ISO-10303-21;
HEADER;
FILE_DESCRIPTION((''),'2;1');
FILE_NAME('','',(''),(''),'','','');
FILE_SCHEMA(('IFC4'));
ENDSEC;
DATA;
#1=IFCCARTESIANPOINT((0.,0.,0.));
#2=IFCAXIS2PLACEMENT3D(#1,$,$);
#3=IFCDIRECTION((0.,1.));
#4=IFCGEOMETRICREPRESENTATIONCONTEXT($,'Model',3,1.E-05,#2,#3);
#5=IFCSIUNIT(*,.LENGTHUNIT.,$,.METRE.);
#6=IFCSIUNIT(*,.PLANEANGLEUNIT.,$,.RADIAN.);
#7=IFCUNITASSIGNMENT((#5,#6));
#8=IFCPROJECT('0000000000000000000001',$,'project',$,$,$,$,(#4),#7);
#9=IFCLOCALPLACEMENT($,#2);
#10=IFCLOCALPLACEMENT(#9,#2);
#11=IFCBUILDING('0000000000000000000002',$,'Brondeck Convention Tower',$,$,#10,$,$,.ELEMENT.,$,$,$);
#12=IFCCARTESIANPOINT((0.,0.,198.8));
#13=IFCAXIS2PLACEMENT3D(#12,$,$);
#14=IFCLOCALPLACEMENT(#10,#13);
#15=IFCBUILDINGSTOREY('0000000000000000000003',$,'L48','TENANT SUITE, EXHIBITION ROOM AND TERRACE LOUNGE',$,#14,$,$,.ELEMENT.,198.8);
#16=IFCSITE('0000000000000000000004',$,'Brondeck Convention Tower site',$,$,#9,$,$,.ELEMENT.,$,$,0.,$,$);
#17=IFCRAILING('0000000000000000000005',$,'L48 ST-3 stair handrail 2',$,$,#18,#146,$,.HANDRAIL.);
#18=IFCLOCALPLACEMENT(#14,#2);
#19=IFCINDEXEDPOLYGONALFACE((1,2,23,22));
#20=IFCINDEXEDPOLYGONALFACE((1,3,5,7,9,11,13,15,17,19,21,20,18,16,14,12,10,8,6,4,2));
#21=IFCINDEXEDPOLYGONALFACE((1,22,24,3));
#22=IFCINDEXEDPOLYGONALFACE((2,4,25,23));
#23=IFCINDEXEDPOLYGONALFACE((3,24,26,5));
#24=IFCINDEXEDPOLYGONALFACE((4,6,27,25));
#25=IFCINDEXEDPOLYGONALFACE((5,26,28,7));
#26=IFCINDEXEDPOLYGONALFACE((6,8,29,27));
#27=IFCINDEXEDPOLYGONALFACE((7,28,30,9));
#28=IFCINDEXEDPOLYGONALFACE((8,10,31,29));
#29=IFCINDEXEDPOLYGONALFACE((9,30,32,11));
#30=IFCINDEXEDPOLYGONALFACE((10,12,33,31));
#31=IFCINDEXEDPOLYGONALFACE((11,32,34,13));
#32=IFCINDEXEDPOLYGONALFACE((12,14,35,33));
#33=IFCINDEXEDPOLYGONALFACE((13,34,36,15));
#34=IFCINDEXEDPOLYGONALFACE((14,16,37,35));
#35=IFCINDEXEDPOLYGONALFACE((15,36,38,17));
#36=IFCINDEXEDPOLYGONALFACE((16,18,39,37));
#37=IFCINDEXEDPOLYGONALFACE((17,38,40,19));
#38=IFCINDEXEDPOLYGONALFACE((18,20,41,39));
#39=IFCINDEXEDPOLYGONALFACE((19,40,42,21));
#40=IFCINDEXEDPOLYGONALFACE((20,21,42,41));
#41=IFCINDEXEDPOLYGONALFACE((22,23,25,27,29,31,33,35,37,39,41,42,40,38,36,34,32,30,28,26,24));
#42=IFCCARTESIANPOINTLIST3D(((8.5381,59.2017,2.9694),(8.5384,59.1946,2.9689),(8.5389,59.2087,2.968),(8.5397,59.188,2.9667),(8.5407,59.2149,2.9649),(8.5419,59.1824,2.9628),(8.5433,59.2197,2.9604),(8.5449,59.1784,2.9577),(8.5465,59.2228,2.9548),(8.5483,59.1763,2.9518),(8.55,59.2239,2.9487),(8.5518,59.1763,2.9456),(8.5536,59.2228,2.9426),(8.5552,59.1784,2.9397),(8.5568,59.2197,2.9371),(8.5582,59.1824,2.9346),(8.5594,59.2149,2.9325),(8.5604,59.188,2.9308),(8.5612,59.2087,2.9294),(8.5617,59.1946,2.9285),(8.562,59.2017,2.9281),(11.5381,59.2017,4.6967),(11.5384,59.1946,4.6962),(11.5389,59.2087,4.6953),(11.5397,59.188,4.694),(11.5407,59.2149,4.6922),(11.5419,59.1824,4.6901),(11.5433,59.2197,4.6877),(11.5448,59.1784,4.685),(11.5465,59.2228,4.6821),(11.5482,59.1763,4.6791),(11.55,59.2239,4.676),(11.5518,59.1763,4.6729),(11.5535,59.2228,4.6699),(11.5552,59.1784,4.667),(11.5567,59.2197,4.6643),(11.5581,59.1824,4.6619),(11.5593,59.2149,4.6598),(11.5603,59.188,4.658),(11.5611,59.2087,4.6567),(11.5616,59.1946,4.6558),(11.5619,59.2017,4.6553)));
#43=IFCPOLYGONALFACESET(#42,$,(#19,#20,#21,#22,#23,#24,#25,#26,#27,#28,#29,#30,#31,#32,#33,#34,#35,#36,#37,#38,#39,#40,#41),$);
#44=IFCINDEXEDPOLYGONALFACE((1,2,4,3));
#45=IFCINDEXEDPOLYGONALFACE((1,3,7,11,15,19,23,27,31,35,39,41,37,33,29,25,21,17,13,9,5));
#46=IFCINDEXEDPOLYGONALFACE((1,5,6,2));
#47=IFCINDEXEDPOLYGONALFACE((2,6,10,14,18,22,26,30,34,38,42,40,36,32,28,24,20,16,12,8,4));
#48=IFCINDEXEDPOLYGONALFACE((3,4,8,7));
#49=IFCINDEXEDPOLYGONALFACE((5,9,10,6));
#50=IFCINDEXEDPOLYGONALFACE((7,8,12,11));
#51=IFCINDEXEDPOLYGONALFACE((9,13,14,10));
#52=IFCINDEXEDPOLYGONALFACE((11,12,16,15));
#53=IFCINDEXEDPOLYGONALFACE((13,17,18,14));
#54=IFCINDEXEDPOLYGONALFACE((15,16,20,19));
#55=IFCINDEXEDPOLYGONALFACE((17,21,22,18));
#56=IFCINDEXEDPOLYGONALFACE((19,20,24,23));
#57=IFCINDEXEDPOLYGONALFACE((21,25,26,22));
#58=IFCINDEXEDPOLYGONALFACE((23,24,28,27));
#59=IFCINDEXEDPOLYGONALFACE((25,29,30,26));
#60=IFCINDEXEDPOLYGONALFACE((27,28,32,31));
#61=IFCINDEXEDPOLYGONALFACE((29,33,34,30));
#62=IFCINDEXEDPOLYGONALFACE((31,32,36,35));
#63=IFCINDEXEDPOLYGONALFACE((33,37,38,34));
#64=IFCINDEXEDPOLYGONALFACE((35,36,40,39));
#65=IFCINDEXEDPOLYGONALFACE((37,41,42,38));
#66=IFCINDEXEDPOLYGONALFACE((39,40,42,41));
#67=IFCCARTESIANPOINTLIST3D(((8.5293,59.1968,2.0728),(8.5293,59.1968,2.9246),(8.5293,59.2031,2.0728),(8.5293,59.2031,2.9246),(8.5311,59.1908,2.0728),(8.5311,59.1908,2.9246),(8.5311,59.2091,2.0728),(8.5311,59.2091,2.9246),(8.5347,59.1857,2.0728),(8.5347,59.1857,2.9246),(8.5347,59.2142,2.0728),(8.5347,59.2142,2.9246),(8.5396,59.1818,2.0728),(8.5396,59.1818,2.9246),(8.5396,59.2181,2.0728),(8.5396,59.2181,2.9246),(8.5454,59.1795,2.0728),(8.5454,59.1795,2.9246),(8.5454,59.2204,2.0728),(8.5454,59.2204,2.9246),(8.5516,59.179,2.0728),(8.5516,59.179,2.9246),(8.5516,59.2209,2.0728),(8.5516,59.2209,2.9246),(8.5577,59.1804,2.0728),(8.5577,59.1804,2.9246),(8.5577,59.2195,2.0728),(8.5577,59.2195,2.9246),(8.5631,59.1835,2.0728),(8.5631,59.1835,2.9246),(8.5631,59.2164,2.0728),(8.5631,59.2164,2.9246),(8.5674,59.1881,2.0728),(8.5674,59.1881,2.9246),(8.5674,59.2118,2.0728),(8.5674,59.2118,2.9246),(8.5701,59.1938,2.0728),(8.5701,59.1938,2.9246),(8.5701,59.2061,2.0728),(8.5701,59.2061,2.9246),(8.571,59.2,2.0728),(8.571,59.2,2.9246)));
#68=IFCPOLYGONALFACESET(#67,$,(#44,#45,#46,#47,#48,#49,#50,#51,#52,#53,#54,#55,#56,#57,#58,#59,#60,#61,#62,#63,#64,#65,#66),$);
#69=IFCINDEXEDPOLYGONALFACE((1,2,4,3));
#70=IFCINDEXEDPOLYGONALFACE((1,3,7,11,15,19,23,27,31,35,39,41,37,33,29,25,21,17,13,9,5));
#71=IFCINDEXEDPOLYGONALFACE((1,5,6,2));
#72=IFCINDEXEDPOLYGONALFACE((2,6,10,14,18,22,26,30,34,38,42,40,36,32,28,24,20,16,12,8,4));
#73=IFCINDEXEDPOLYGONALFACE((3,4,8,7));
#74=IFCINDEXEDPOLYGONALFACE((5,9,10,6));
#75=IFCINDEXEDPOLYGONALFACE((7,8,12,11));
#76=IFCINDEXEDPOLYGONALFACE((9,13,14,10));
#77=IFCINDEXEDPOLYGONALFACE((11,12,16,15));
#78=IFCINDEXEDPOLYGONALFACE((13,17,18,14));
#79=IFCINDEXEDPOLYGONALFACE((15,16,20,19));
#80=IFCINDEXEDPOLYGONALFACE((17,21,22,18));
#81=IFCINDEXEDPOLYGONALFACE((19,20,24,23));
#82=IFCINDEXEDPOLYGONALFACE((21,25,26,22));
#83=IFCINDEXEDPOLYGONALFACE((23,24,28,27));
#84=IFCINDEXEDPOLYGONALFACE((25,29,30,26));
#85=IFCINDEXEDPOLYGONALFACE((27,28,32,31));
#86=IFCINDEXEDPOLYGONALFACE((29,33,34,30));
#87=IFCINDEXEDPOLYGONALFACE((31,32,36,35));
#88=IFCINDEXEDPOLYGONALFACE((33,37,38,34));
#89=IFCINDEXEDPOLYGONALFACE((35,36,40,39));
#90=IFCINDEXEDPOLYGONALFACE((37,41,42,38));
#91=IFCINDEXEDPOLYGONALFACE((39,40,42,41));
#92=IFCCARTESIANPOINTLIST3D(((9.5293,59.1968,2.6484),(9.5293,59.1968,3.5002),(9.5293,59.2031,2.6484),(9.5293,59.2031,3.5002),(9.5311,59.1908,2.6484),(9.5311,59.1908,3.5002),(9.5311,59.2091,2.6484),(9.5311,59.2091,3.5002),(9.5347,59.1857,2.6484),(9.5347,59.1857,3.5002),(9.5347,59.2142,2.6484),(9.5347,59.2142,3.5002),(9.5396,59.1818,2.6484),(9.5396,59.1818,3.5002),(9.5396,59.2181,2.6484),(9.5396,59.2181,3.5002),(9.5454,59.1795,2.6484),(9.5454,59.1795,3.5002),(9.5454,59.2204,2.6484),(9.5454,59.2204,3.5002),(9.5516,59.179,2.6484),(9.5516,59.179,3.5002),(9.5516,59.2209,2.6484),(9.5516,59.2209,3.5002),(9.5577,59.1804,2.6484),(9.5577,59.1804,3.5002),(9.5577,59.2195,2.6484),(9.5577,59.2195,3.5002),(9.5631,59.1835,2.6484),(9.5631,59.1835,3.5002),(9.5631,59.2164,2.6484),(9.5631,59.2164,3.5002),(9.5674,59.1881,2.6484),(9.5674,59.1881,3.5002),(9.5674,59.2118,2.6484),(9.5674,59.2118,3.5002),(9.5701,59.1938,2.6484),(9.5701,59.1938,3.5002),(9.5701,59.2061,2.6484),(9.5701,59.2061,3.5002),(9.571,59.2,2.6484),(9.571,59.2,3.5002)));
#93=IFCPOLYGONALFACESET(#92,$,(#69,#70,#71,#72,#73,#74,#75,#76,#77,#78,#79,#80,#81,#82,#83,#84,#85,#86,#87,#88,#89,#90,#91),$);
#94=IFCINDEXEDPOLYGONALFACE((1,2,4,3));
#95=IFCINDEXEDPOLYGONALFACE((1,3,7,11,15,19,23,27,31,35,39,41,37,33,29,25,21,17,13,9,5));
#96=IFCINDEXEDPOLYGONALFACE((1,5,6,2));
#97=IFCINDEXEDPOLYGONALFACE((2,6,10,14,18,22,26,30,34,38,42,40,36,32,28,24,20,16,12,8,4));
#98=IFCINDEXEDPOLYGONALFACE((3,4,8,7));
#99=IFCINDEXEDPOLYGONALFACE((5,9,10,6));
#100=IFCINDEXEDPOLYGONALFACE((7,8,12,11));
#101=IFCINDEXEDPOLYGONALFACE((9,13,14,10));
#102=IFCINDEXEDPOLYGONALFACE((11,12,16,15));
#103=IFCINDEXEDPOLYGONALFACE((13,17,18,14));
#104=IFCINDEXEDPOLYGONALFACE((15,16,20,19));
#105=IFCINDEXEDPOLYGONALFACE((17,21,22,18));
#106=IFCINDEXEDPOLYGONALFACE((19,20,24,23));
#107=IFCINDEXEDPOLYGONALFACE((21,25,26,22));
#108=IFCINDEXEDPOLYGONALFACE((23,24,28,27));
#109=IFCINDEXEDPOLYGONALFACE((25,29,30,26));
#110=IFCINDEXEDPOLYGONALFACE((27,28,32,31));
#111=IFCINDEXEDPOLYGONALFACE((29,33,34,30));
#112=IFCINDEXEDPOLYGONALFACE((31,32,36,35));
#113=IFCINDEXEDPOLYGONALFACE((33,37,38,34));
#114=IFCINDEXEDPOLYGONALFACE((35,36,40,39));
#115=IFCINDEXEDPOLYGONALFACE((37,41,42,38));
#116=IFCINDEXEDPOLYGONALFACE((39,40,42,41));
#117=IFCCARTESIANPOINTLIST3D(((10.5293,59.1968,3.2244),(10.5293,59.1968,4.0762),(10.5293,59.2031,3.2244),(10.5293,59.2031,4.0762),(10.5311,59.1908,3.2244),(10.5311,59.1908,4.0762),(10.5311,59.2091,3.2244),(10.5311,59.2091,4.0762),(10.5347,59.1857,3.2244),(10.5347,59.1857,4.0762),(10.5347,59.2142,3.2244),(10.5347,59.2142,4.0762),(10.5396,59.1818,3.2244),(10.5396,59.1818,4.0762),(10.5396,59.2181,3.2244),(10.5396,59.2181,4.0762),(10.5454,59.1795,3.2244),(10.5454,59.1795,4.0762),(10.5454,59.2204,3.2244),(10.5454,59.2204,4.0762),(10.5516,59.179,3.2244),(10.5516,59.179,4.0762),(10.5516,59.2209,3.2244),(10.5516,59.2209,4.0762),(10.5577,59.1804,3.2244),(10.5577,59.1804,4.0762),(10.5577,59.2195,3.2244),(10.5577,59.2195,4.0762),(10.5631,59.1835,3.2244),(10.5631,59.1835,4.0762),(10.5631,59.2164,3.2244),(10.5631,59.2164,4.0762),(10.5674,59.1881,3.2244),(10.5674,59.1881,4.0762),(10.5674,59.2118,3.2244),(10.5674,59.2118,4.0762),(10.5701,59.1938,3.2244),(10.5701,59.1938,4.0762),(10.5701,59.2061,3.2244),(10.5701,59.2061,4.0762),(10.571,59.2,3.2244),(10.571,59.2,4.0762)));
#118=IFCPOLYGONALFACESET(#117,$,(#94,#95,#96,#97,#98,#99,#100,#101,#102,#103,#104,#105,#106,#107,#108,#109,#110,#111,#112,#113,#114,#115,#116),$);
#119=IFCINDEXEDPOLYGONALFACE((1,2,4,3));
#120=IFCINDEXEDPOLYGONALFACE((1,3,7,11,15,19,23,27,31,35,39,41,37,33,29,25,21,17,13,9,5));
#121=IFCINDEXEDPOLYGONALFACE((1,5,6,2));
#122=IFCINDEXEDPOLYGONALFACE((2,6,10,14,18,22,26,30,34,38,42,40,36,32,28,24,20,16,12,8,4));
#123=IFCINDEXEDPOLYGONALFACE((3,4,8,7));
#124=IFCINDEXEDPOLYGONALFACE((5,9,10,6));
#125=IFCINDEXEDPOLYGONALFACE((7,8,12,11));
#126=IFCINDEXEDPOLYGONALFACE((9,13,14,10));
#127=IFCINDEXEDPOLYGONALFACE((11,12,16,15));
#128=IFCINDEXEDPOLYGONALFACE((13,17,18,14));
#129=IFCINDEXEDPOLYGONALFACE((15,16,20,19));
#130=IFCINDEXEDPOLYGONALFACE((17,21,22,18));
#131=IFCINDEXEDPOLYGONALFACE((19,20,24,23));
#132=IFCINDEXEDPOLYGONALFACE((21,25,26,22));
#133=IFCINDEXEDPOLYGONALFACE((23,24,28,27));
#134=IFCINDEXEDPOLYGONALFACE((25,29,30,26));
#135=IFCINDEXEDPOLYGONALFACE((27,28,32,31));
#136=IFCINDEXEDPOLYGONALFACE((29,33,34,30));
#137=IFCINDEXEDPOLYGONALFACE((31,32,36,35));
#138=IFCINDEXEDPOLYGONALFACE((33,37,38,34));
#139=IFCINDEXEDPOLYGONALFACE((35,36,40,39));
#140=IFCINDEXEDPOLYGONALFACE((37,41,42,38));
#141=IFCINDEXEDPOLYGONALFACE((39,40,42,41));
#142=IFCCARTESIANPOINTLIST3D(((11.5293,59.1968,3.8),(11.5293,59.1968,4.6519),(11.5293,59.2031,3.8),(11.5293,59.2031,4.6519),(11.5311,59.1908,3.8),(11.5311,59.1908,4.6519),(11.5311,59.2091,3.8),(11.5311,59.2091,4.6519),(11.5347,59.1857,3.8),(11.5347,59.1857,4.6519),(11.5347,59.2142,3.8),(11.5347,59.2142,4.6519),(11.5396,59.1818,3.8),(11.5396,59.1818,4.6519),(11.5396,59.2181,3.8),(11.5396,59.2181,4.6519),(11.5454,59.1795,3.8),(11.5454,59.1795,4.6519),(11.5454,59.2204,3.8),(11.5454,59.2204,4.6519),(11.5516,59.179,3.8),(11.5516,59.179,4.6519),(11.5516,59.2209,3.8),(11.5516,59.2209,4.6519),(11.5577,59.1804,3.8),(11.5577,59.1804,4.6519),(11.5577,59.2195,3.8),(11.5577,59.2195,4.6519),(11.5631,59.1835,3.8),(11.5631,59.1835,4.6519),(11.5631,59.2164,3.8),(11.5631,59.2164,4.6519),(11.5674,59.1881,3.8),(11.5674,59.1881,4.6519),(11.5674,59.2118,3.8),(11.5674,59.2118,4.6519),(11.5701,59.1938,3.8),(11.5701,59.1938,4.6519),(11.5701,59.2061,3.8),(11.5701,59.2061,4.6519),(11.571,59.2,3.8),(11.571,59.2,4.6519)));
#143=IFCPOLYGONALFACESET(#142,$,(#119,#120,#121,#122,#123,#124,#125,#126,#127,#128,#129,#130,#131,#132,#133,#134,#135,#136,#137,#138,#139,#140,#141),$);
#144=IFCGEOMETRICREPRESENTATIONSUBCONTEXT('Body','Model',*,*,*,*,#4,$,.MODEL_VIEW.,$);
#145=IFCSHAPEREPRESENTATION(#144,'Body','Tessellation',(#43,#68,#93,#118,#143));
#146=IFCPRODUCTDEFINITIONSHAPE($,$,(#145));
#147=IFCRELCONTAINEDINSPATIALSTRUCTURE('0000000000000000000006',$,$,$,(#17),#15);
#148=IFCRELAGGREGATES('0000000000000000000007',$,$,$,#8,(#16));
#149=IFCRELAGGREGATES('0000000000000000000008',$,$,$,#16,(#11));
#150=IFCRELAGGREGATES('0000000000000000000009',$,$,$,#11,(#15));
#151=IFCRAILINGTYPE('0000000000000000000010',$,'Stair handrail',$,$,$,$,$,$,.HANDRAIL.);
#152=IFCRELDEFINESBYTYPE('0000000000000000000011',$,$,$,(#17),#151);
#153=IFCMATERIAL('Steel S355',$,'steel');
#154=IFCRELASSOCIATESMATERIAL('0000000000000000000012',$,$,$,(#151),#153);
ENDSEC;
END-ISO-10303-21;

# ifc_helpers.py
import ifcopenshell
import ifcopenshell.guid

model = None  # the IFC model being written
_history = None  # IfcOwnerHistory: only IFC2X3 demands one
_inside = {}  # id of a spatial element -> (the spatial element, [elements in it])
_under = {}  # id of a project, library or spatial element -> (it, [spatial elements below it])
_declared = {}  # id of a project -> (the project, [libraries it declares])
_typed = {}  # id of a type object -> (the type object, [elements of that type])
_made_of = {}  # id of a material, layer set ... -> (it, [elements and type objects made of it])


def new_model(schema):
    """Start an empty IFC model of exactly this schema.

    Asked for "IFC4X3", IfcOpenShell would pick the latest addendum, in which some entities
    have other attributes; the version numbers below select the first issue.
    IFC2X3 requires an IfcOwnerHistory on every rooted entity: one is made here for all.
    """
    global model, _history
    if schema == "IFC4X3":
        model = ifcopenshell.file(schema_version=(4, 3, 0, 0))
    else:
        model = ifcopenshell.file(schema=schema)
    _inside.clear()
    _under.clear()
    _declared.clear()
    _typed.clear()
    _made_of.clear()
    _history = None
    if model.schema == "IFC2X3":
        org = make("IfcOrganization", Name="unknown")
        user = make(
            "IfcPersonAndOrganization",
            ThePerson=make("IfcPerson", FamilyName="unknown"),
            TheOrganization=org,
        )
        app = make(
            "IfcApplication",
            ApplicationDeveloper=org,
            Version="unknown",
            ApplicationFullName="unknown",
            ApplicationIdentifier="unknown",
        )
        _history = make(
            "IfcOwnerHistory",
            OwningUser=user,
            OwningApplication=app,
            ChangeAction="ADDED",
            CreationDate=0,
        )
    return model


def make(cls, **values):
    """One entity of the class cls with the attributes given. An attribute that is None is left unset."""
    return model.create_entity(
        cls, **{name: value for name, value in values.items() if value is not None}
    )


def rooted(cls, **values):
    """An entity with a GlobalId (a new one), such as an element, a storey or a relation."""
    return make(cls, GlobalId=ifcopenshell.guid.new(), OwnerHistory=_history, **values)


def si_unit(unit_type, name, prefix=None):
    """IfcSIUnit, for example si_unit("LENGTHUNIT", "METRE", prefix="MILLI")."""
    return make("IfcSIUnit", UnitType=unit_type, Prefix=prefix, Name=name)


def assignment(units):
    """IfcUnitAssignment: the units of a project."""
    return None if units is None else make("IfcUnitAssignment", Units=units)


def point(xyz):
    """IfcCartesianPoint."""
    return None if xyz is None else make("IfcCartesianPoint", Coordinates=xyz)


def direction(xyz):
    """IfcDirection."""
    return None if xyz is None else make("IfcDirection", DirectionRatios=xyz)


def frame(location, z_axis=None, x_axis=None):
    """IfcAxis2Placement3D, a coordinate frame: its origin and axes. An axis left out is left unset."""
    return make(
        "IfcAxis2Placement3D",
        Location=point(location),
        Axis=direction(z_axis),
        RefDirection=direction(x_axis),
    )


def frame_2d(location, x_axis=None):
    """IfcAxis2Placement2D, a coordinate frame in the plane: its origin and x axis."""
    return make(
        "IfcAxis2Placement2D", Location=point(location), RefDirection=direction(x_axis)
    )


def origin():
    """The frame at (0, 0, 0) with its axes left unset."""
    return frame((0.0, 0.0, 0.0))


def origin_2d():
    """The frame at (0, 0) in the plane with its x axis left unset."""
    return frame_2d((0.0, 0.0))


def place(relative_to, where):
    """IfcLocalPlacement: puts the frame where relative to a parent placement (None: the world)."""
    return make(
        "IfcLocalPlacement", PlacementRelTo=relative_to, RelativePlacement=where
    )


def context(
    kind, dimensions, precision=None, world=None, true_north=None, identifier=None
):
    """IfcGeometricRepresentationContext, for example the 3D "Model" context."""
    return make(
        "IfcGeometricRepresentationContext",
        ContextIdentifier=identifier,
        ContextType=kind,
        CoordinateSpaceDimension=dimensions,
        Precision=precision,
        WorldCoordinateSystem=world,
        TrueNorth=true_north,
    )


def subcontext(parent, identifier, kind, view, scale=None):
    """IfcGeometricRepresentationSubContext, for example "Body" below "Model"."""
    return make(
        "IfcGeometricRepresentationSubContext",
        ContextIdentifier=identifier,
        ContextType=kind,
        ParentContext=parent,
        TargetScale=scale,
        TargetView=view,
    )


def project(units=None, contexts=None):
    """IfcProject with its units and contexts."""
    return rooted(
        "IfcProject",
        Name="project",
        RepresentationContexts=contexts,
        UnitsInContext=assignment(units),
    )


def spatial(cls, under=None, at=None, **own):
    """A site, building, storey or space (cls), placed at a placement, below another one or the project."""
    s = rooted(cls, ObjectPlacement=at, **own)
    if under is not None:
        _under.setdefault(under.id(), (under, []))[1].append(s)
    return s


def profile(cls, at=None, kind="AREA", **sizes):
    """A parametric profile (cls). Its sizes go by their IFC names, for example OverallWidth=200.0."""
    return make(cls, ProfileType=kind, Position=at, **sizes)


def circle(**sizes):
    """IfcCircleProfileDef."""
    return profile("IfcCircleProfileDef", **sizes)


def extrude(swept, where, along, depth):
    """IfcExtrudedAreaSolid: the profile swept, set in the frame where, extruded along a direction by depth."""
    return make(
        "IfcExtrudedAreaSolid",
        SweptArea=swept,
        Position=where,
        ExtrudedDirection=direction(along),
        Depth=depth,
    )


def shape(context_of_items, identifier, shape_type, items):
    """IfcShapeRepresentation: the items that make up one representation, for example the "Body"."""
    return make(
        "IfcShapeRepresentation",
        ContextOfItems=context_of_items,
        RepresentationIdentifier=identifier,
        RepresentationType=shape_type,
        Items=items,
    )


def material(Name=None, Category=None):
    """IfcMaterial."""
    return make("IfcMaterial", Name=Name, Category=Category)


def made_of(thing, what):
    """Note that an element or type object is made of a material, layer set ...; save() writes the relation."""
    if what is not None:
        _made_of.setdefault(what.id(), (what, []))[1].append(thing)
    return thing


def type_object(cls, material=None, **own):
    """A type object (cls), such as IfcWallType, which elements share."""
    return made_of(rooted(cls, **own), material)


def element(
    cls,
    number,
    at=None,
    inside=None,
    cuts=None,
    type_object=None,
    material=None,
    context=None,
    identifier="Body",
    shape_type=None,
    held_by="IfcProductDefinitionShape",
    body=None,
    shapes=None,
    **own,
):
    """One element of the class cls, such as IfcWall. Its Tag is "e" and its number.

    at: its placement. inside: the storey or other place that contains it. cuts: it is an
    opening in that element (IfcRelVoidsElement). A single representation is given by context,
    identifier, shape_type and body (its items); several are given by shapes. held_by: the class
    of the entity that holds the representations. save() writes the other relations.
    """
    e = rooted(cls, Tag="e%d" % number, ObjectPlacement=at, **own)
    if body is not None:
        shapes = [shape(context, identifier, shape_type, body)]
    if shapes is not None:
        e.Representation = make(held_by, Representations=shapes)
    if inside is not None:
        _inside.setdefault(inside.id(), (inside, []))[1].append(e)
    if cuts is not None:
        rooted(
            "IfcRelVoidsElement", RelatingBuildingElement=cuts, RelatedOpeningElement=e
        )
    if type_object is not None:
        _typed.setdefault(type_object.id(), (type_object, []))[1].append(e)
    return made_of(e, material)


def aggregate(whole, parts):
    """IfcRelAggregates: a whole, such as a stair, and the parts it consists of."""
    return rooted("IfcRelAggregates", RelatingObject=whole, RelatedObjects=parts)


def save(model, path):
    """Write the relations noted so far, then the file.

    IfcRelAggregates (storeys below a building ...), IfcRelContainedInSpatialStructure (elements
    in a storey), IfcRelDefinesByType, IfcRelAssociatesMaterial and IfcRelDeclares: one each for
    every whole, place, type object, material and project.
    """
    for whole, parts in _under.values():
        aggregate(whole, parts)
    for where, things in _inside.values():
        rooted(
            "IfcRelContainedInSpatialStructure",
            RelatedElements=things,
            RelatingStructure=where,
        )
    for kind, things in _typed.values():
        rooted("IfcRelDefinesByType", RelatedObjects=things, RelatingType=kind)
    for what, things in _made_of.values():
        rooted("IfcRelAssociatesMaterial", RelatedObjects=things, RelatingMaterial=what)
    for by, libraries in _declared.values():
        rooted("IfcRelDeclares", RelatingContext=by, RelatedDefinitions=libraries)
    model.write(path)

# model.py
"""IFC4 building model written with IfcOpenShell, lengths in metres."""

from ifc_helpers import new_model, si_unit, direction, frame, origin, origin_2d, place, context, subcontext, project, spatial, circle, extrude, material, type_object, element, save


model = new_model("IFC4")

# Units and contexts
model_context = context("Model", 3, precision=1e-05, world=origin(), true_north=direction((0.0, 1.0)))
body_context = subcontext(model_context, "Body", "Model", "MODEL_VIEW")
ifc_project = project(units=[si_unit("LENGTHUNIT", "METRE"), si_unit("PLANEANGLEUNIT", "RADIAN")], contexts=[model_context])

# Site, building, storey
site_placement = place(None, origin())
site = spatial("IfcSite", under=ifc_project, at=site_placement, Name="Brondeck Convention Tower site", CompositionType="ELEMENT", RefElevation=0.0)
building_placement = place(site_placement, origin())
building = spatial("IfcBuilding", under=site, at=building_placement, Name="Brondeck Convention Tower", CompositionType="ELEMENT")
storey_placement = place(building_placement, frame((0.0, 0.0, 198.8)))
storey = spatial("IfcBuildingStorey", under=building, at=storey_placement, Name="L48", Description="TENANT SUITE, EXHIBITION ROOM AND TERRACE LOUNGE", CompositionType="ELEMENT", Elevation=198.8)

# Railing
ifc_material_1 = material(Name="Steel S355", Category="steel")
railing_type_1 = type_object("IfcRailingType", Name="Stair handrail", PredefinedType="HANDRAIL", material=ifc_material_1)
railing_1_placement = place(storey_placement, frame((8.55, 59.2, 2.0728)))
element("IfcRailing", 1, at=railing_1_placement, inside=storey, type_object=railing_type_1, Name="L48 ST-3 stair handrail 2", PredefinedType="HANDRAIL", context=body_context, shape_type="SweptSolid", body=[
    extrude(circle(Radius=0.0239, at=origin_2d()), frame((0.0, 0.0, 0.876), z_axis=(0.86662, 0.0, 0.498969), x_axis=(0.0, 1.0, 0.0)), (0.0, 0.0, 1.0), 3.4617),
    extrude(circle(Radius=0.021, at=origin_2d()), origin(), (0.0, 0.0, 1.0), 0.8518),
    extrude(circle(Radius=0.021, at=origin_2d()), frame((1.0, 0.0, 0.5757)), (0.0, 0.0, 1.0), 0.8518),
    extrude(circle(Radius=0.021, at=origin_2d()), frame((2.0, 0.0, 1.1516)), (0.0, 0.0, 1.0), 0.8518),
    extrude(circle(Radius=0.021, at=origin_2d()), frame((3.0, 0.0, 1.7273)), (0.0, 0.0, 1.0), 0.8518),
])

save(model, "model.ifc")
